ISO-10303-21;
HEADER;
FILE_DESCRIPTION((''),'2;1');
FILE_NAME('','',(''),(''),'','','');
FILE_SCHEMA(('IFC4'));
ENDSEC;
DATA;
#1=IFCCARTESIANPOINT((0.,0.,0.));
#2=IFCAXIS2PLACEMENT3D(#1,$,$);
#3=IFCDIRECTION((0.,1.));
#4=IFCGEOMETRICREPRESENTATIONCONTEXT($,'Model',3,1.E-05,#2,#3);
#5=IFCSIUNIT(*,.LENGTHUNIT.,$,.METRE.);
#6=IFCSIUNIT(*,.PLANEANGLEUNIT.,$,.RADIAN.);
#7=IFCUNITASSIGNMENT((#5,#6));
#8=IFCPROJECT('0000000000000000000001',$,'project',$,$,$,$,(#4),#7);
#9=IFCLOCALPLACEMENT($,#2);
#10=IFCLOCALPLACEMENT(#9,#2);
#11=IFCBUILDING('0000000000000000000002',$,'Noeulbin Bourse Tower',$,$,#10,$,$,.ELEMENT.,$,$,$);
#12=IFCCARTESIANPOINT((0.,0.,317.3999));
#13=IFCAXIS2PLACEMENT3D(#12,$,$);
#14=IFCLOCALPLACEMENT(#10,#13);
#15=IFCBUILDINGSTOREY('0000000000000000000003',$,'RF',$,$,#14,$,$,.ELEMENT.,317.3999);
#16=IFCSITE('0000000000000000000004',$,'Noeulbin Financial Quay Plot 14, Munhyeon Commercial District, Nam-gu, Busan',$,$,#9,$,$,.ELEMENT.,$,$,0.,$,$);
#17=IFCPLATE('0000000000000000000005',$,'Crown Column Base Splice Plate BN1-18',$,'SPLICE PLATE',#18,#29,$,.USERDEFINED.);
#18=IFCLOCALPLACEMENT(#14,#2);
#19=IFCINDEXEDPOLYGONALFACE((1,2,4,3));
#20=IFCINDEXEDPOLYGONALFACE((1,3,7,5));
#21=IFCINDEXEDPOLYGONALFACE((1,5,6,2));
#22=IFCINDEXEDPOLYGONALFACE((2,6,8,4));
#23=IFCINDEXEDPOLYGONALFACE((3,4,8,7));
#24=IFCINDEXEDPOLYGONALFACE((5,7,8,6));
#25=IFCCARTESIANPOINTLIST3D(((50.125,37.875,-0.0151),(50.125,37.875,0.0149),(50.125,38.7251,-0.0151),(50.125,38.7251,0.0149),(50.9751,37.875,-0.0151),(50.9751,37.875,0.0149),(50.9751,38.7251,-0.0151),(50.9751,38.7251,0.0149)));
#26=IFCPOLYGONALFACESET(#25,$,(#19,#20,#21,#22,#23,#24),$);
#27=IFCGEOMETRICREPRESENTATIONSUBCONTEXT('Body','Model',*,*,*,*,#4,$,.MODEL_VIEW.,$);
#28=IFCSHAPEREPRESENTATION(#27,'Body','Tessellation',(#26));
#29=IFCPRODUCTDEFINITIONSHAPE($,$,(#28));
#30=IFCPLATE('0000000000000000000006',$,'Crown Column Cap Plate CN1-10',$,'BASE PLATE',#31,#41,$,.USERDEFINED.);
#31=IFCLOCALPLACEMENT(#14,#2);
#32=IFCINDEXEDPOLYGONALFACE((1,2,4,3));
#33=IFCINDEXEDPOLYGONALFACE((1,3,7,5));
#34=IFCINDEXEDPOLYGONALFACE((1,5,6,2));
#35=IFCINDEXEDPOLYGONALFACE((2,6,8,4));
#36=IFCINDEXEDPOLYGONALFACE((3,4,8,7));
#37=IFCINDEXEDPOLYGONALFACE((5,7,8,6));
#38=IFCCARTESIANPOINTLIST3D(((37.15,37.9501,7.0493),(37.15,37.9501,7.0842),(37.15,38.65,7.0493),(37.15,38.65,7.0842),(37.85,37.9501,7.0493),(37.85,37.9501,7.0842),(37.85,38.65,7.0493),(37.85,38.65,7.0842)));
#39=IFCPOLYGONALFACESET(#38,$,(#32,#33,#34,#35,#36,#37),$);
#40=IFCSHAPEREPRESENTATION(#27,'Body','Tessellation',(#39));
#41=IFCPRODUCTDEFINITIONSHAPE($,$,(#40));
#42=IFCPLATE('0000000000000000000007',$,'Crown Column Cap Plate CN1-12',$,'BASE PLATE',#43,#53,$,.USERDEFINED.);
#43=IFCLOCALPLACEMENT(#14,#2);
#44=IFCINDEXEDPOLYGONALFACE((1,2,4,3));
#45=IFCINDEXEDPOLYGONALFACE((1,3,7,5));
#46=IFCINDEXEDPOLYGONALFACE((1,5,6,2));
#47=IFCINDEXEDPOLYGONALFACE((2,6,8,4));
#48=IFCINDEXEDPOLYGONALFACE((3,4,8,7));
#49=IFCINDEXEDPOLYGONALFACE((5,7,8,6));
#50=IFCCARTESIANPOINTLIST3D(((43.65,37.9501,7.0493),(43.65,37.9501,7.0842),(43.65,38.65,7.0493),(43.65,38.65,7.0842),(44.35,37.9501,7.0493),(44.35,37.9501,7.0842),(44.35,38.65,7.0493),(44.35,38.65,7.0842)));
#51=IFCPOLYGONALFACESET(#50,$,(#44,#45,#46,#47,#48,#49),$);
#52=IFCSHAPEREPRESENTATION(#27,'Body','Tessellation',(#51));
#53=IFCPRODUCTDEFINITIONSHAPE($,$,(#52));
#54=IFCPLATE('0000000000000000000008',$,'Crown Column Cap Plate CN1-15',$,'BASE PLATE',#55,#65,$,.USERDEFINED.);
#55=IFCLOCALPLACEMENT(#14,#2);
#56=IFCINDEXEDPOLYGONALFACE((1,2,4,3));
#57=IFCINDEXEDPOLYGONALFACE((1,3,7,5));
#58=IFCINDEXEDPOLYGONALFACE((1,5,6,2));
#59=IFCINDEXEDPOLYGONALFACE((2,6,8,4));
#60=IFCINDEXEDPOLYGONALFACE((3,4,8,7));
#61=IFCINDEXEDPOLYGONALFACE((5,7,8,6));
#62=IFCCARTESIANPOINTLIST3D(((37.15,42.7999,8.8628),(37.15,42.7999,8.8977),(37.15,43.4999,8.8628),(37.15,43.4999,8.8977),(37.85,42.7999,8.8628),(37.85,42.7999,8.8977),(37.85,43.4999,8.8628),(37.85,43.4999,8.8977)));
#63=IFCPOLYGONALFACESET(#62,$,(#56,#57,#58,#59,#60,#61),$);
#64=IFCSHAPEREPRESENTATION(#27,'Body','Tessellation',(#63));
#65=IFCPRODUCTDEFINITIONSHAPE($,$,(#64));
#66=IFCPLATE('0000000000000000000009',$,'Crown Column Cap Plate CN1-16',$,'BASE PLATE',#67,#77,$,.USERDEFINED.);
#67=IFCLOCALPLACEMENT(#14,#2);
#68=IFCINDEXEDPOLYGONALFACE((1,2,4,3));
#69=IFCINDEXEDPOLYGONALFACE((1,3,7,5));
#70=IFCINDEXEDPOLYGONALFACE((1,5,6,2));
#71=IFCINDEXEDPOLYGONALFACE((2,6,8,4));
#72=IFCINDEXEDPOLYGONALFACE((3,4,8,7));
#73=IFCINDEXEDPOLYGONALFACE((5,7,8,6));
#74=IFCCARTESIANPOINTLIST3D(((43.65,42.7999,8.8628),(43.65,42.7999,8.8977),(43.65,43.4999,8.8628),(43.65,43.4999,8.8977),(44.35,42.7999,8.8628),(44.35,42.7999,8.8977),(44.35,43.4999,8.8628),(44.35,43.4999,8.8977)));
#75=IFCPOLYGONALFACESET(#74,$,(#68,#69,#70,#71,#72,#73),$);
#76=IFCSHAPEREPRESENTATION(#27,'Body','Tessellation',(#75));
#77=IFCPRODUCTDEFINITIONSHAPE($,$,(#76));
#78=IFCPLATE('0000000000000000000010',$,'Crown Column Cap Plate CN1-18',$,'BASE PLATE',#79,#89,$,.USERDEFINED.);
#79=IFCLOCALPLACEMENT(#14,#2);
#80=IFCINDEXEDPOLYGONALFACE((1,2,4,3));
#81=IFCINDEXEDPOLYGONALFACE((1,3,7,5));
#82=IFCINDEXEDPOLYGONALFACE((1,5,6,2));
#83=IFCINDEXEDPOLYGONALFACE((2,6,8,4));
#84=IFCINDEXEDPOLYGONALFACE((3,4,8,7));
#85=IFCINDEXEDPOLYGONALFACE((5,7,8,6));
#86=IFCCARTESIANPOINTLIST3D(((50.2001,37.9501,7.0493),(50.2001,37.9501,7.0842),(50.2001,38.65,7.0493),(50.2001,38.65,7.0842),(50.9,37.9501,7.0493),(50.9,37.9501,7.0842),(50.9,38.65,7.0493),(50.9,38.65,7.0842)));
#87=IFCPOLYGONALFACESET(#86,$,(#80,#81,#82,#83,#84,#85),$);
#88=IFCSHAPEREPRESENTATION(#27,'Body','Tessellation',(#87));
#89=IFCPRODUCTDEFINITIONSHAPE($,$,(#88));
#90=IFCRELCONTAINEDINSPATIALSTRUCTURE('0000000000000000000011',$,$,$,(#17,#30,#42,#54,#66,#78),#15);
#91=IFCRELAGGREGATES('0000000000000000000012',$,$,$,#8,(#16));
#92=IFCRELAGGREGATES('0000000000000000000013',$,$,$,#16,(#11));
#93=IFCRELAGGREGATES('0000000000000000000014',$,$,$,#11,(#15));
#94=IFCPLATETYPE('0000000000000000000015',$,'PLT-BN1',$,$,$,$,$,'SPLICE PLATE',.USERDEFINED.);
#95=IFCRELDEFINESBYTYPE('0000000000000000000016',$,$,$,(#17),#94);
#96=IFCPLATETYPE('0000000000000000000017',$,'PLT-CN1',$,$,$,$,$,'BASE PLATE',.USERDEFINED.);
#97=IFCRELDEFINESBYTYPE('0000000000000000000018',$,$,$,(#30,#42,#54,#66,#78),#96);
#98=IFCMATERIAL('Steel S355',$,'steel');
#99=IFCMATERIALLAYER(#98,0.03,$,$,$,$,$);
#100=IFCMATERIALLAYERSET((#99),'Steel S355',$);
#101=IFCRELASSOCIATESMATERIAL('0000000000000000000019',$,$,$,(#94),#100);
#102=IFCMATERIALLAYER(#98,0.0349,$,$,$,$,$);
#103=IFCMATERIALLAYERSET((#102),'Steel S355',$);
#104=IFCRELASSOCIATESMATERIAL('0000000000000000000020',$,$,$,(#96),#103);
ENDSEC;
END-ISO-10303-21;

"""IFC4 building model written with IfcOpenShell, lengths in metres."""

from ifc_helpers import new_model, si_unit, direction, frame, origin, origin_2d, place, context, subcontext, project, spatial, rectangle, extrude, material, layer, layer_set, type_object, element, save


model = new_model("IFC4")

# Units and contexts
model_context = context("Model", 3, precision=1e-05, world=origin(), true_north=direction((0.0, 1.0)))
body_context = subcontext(model_context, "Body", "Model", "MODEL_VIEW")
ifc_project = project(units=[si_unit("LENGTHUNIT", "METRE"), si_unit("PLANEANGLEUNIT", "RADIAN")], contexts=[model_context])

# Site, building, storey
site_placement = place(None, origin())
site = spatial("IfcSite", under=ifc_project, at=site_placement, Name="Noeulbin Financial Quay Plot 14, Munhyeon Commercial District, Nam-gu, Busan", CompositionType="ELEMENT", RefElevation=0.0)
building_placement = place(site_placement, origin())
building = spatial("IfcBuilding", under=site, at=building_placement, Name="Noeulbin Bourse Tower", CompositionType="ELEMENT")
storey_placement = place(building_placement, frame((0.0, 0.0, 317.3999)))
storey = spatial("IfcBuildingStorey", under=building, at=storey_placement, Name="RF", CompositionType="ELEMENT", Elevation=317.3999)

# Shared definitions
ifc_material_1 = material(Name="Steel S355", Category="steel")

# Plates
ifc_layer_1 = layer(ifc_material_1, 0.03)
ifc_layer_set_1 = layer_set([ifc_layer_1], Name="Steel S355")
plate_type_1 = type_object("IfcPlateType", Name="PLT-BN1", ElementType="SPLICE PLATE", PredefinedType="USERDEFINED", material=ifc_layer_set_1)
for number, where, z_axis, x_axis, name in (
    (1, (50.55, 38.3, -0.0151), (0.0, 0.0, 1.0), (1.0, 0.0, 0.0), "Crown Column Base Splice Plate BN1-18"),
):
    element("IfcPlate", number, at=place(storey_placement, frame(where, z_axis=z_axis, x_axis=x_axis)), inside=storey, type_object=plate_type_1, Name=name, ObjectType="SPLICE PLATE", PredefinedType="USERDEFINED", context=body_context, shape_type="SweptSolid", body=[
        extrude(rectangle(XDim=0.8501, YDim=0.8501, at=origin_2d()), origin(), (0.0, 0.0, 1.0), 0.03),
    ])
ifc_layer_2 = layer(ifc_material_1, 0.0349)
ifc_layer_set_2 = layer_set([ifc_layer_2], Name="Steel S355")
plate_type_2 = type_object("IfcPlateType", Name="PLT-CN1", ElementType="BASE PLATE", PredefinedType="USERDEFINED", material=ifc_layer_set_2)
for number, where, z_axis, x_axis, name in (
    (2, (37.5, 38.3, 7.0493), (0.0, 0.0, 1.0), (1.0, 0.0, 0.0), "Crown Column Cap Plate CN1-10"),
    (3, (44.0, 38.3, 7.0493), (0.0, 0.0, 1.0), (1.0, 0.0, 0.0), "Crown Column Cap Plate CN1-12"),
    (4, (37.5, 43.1499, 8.8628), (0.0, 0.0, 1.0), (1.0, 0.0, 0.0), "Crown Column Cap Plate CN1-15"),
    (5, (44.0, 43.1499, 8.8628), (0.0, 0.0, 1.0), (1.0, 0.0, 0.0), "Crown Column Cap Plate CN1-16"),
    (6, (50.55, 38.3, 7.0493), (0.0, 0.0, 1.0), (1.0, 0.0, 0.0), "Crown Column Cap Plate CN1-18"),
):
    element("IfcPlate", number, at=place(storey_placement, frame(where, z_axis=z_axis, x_axis=x_axis)), inside=storey, type_object=plate_type_2, Name=name, ObjectType="BASE PLATE", PredefinedType="USERDEFINED", context=body_context, shape_type="SweptSolid", body=[
        extrude(rectangle(XDim=0.7, YDim=0.7, at=origin_2d()), origin(), (0.0, 0.0, 1.0), 0.0349),
    ])

save(model, "model.ifc")
